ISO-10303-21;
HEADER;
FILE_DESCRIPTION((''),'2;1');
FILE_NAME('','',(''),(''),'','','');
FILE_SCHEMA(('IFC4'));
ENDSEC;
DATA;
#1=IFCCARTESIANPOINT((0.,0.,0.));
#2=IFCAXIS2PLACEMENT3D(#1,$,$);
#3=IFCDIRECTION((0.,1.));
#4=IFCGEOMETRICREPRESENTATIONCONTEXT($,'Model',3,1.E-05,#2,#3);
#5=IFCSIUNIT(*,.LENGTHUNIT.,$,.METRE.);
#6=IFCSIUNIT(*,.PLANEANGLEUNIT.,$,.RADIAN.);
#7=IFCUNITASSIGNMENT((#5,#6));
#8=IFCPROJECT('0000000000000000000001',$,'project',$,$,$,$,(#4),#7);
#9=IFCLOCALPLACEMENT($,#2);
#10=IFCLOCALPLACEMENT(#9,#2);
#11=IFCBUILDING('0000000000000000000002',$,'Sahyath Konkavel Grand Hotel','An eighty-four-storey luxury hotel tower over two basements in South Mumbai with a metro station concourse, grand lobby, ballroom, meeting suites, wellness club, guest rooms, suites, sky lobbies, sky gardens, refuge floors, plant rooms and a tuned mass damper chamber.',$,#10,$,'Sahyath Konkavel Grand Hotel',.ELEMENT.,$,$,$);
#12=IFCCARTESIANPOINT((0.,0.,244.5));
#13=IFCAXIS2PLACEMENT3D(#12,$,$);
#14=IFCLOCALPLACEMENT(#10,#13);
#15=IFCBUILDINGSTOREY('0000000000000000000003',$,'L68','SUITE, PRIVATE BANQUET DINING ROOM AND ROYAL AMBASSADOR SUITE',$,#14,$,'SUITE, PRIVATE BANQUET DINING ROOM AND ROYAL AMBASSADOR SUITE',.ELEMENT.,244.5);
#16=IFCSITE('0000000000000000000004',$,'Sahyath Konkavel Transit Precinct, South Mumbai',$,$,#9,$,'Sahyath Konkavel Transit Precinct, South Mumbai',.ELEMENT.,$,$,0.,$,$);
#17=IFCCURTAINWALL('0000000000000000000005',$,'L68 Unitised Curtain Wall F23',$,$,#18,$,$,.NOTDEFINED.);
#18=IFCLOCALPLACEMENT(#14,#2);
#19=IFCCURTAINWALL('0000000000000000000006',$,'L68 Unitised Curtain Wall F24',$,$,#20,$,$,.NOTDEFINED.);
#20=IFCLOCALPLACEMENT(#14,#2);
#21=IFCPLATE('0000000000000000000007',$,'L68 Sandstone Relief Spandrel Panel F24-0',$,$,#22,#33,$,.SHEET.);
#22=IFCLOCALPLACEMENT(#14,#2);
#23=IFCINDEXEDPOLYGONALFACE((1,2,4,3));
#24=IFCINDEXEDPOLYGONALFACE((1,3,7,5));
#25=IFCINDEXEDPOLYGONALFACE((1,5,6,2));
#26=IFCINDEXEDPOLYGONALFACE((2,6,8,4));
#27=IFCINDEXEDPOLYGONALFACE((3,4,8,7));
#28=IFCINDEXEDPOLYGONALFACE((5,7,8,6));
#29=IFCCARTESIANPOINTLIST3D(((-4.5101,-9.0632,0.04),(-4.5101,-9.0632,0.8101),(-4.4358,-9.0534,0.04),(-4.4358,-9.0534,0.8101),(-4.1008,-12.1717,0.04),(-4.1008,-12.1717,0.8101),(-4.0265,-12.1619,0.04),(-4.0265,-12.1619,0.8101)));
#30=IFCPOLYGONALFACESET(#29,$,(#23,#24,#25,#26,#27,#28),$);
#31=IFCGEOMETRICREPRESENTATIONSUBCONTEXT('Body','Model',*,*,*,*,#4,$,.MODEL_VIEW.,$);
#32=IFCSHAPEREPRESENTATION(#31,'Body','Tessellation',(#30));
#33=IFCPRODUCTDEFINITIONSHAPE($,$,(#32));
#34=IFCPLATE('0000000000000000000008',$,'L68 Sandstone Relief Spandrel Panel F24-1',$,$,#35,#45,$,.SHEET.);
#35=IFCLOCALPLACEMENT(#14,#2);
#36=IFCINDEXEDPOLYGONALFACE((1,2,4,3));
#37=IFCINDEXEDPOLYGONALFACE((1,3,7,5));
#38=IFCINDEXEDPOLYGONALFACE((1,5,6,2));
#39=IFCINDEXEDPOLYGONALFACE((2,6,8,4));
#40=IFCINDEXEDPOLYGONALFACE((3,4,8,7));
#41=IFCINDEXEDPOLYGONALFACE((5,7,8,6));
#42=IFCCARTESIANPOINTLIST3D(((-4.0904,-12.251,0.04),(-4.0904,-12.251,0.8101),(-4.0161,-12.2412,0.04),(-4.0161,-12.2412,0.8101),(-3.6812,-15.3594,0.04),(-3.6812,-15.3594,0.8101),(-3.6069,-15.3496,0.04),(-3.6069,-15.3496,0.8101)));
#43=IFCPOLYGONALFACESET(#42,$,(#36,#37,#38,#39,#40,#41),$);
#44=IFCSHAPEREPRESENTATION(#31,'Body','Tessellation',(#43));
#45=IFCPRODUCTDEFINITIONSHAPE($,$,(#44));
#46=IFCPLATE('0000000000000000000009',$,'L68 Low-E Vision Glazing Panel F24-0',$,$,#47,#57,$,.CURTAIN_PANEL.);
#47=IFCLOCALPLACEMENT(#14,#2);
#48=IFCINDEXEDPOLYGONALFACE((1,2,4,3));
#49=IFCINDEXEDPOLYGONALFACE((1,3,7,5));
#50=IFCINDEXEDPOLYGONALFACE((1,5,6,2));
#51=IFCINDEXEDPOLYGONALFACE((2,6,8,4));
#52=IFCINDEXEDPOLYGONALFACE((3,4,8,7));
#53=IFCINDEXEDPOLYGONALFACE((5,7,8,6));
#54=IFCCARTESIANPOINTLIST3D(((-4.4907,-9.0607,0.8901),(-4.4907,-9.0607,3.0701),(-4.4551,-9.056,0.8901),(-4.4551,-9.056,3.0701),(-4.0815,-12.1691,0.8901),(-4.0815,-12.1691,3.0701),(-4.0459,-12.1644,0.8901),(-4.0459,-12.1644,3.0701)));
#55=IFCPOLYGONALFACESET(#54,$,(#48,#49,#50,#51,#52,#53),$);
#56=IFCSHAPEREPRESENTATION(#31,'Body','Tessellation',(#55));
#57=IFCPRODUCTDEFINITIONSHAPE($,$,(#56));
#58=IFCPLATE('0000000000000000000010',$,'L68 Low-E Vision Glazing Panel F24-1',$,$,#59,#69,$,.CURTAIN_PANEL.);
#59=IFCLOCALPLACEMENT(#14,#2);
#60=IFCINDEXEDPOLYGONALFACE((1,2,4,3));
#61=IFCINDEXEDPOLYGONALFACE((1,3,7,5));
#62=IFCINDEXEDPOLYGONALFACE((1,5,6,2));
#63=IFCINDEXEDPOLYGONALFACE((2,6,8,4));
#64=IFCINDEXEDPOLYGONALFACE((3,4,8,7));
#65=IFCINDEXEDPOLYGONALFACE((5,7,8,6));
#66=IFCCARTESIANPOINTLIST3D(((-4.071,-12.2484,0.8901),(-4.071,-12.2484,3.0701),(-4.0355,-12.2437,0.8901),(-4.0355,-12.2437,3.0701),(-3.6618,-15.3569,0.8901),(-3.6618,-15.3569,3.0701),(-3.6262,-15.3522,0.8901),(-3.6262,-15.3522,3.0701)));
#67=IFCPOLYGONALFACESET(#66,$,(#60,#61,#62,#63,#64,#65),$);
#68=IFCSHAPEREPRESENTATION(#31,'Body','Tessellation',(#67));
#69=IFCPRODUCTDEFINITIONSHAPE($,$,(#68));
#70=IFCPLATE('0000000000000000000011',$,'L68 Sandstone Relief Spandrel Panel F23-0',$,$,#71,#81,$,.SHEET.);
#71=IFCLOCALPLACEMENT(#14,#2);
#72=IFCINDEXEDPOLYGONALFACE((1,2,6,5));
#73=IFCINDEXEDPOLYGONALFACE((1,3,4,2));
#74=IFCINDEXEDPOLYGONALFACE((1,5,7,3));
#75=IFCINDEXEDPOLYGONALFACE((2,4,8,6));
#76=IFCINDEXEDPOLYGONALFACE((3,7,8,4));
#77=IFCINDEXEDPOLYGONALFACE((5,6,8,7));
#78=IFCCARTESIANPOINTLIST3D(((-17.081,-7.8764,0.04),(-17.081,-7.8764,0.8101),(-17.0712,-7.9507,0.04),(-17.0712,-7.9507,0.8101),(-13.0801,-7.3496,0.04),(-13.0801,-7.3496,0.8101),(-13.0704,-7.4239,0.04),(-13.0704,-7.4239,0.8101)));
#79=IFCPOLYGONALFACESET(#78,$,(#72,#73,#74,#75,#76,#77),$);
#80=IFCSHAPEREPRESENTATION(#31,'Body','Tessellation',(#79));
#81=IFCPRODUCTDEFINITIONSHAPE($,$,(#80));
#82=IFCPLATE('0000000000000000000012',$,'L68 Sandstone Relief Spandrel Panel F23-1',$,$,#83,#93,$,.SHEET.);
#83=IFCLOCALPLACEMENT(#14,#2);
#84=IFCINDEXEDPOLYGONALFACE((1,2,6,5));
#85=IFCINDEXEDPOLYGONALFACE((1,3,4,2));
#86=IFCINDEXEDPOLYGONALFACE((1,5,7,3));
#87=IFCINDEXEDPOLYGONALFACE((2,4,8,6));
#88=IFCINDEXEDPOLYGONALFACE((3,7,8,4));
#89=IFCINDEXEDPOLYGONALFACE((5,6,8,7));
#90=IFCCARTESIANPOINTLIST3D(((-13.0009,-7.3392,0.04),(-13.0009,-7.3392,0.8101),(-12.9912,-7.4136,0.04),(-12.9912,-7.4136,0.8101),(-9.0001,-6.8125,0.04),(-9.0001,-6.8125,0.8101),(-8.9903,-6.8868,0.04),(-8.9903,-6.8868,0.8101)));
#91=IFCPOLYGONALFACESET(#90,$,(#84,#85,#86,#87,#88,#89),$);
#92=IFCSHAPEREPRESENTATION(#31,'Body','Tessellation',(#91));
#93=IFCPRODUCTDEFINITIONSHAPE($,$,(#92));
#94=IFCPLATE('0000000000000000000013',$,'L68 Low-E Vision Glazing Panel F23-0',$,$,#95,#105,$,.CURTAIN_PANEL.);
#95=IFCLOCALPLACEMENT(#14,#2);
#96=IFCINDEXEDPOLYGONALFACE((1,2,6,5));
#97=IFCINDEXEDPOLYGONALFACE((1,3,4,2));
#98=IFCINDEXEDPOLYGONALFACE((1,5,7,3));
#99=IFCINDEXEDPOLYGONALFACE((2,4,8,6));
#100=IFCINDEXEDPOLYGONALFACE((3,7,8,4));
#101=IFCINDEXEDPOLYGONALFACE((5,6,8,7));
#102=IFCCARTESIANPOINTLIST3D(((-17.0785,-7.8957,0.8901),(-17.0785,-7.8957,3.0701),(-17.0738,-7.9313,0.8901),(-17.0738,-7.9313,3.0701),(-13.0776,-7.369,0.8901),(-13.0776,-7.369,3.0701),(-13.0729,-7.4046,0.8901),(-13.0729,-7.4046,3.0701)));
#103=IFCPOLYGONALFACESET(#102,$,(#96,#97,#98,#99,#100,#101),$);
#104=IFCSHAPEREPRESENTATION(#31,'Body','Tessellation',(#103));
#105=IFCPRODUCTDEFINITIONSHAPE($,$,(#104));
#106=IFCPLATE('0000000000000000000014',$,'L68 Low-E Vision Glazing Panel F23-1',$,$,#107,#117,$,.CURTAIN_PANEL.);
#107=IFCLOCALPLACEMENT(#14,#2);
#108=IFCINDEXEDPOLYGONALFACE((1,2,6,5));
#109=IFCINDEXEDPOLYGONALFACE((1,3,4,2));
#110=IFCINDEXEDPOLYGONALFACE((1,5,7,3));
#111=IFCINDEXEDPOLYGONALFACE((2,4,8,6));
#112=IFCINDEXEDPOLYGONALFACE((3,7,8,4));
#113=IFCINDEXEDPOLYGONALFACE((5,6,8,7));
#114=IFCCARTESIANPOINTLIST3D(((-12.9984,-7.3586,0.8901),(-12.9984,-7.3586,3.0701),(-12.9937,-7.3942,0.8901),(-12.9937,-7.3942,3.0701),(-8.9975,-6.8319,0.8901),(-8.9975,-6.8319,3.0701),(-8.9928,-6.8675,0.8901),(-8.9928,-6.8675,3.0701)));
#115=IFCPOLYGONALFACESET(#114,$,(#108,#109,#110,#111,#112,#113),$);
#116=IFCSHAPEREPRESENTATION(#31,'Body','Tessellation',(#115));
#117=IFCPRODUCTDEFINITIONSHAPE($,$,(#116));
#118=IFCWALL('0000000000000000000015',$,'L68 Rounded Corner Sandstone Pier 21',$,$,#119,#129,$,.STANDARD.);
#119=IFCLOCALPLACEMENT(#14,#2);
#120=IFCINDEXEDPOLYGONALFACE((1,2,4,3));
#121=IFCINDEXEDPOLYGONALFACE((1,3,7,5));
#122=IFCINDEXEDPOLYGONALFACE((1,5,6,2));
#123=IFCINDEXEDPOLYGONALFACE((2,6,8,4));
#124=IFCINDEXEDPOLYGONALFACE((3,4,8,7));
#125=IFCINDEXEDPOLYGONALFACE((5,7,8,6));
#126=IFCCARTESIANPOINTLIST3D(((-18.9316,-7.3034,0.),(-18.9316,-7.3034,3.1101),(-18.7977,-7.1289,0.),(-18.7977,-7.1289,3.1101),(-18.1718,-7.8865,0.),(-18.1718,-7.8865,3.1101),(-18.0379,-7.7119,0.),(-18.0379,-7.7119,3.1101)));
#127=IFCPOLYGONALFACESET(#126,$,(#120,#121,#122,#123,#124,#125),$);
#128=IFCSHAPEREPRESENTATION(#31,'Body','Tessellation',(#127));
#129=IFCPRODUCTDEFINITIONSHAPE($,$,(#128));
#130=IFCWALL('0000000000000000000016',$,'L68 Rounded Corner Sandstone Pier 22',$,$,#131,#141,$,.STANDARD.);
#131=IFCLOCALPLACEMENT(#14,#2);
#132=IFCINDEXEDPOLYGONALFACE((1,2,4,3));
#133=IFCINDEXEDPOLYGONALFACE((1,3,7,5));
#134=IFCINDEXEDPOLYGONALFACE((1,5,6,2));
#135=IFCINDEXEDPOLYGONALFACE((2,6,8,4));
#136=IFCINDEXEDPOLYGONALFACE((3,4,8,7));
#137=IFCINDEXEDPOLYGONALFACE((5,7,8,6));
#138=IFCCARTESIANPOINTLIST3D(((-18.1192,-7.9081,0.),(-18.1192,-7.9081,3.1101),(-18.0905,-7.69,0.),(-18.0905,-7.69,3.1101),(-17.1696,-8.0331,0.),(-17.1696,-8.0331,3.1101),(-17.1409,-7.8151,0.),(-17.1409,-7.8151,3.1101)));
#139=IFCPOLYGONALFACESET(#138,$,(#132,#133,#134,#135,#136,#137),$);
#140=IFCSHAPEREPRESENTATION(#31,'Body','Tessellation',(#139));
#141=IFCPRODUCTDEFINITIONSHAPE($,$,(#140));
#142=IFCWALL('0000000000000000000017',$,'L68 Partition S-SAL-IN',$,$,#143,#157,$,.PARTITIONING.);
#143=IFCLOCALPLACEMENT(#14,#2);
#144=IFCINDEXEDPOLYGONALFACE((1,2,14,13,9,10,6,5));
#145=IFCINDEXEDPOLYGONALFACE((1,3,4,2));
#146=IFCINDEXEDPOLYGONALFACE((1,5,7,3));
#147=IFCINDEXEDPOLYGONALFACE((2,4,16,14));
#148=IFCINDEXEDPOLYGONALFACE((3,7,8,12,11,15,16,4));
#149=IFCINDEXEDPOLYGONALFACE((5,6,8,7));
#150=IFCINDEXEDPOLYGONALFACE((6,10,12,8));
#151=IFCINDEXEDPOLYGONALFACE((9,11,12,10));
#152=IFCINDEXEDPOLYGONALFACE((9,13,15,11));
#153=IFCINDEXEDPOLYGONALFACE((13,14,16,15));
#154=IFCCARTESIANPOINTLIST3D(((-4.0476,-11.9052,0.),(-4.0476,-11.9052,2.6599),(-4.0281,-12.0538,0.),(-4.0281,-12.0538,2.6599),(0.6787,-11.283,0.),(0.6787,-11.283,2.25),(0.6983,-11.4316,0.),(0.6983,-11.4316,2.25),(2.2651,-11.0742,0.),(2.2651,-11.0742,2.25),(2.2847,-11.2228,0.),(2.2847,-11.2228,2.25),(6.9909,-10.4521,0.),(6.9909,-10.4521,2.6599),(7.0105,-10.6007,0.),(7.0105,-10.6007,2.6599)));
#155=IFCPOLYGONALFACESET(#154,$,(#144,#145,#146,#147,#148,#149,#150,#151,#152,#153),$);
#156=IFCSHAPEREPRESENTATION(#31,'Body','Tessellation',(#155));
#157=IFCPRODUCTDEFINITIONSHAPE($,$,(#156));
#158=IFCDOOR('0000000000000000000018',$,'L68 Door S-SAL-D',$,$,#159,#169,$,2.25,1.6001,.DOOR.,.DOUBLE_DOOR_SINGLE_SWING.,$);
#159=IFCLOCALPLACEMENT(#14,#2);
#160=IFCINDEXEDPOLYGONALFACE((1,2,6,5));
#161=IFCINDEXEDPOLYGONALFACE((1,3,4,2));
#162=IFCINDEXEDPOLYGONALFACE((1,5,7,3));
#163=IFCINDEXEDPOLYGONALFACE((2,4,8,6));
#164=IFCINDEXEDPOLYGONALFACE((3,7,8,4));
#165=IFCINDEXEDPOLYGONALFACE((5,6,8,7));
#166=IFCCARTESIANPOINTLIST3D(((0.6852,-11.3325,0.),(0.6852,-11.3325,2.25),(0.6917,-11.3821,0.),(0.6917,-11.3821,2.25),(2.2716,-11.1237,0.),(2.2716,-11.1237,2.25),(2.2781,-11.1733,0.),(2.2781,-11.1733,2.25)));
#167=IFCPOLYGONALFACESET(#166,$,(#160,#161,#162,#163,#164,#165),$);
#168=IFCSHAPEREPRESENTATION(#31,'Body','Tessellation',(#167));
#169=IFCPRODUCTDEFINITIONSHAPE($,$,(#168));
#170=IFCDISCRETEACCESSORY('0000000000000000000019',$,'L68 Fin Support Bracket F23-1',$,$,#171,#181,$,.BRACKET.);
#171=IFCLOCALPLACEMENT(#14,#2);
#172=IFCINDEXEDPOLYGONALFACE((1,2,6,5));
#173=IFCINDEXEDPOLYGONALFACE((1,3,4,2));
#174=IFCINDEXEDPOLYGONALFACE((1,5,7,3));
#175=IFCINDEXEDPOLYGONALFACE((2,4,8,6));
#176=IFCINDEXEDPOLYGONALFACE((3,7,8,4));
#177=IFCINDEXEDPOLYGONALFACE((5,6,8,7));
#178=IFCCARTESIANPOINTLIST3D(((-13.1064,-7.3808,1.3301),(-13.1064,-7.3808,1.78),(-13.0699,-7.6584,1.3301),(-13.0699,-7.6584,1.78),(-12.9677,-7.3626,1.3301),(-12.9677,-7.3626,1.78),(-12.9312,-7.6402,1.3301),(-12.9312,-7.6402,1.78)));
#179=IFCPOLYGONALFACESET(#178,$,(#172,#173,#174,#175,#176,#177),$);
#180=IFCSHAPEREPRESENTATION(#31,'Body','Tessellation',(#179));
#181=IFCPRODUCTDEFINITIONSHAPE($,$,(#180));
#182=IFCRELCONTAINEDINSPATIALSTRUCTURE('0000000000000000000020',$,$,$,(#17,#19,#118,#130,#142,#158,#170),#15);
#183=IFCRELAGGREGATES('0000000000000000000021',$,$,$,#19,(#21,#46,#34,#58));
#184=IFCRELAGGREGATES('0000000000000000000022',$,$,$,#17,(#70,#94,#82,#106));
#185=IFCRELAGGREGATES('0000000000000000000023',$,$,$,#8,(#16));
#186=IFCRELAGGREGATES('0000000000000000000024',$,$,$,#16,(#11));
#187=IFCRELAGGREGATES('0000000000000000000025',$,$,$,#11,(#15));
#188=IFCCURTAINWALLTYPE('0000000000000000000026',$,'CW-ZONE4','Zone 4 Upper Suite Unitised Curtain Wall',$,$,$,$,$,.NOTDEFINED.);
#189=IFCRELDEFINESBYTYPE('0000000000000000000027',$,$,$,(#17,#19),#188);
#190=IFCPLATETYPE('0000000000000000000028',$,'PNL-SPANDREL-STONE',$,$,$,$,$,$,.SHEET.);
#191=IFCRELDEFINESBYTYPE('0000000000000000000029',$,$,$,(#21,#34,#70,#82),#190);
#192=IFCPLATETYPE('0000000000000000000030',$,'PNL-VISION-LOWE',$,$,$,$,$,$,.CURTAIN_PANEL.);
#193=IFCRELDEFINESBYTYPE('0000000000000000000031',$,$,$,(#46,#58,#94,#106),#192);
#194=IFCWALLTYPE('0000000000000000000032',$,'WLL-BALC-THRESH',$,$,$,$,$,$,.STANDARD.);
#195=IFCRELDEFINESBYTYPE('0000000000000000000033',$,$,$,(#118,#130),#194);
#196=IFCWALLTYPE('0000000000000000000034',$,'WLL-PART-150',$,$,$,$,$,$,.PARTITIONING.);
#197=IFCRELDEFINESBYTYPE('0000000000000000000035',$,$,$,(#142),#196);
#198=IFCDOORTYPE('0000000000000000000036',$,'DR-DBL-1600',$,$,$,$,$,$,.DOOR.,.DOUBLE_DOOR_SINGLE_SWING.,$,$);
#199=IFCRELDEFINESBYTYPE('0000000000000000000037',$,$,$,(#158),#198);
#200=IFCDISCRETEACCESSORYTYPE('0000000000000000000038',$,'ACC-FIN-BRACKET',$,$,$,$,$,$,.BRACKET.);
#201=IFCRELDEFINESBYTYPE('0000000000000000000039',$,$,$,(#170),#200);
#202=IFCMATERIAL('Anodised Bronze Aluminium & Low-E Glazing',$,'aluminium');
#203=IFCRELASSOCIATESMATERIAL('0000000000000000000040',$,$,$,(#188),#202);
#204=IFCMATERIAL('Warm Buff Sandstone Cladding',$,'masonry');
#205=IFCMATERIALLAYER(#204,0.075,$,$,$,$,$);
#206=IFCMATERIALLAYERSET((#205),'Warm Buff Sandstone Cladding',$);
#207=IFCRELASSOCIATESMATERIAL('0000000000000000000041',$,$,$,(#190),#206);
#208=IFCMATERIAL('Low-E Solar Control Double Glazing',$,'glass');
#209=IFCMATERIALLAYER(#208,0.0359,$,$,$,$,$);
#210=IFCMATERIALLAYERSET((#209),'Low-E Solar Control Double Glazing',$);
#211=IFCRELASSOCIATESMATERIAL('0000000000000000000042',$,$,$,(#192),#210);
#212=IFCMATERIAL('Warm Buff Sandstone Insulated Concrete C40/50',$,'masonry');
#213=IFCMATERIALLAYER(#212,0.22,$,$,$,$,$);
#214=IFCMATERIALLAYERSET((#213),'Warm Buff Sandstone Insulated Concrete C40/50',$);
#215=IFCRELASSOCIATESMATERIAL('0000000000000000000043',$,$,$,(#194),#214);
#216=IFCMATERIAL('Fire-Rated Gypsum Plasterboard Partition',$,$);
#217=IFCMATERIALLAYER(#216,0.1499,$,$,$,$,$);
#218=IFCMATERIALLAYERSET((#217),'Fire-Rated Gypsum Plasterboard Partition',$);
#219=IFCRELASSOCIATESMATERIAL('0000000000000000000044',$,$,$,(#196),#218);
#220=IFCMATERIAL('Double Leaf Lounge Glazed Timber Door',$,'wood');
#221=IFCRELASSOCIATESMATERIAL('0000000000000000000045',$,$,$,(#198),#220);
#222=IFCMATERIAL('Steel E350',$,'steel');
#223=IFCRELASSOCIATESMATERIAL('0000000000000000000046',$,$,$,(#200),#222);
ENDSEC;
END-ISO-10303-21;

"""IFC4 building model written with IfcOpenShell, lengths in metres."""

from ifc_helpers import new_model, si_unit, direction, frame, frame_2d, origin, origin_2d, place, context, subcontext, project, spatial, rectangle, extrude, source, transform, mapped, material, layer, layer_set, type_object, element, fill, aggregate, save


model = new_model("IFC4")

# Units and contexts
model_context = context("Model", 3, precision=1e-05, world=origin(), true_north=direction((0.0, 1.0)))
body_context = subcontext(model_context, "Body", "Model", "MODEL_VIEW")
ifc_project = project(units=[si_unit("LENGTHUNIT", "METRE"), si_unit("PLANEANGLEUNIT", "RADIAN")], contexts=[model_context])

# Site, building, storey
site_placement = place(None, origin())
site = spatial("IfcSite", under=ifc_project, at=site_placement, Name="Sahyath Konkavel Transit Precinct, South Mumbai", LongName="Sahyath Konkavel Transit Precinct, South Mumbai", CompositionType="ELEMENT", RefElevation=0.0)
building_placement = place(site_placement, origin())
building = spatial("IfcBuilding", under=site, at=building_placement, Name="Sahyath Konkavel Grand Hotel", Description="An eighty-four-storey luxury hotel tower over two basements in South Mumbai with a metro station concourse, grand lobby, ballroom, meeting suites, wellness club, guest rooms, suites, sky lobbies, sky gardens, refuge floors, plant rooms and a tuned mass damper chamber.", LongName="Sahyath Konkavel Grand Hotel", CompositionType="ELEMENT")
storey_placement = place(building_placement, frame((0.0, 0.0, 244.5)))
storey = spatial("IfcBuildingStorey", under=building, at=storey_placement, Name="L68", Description="SUITE, PRIVATE BANQUET DINING ROOM AND ROYAL AMBASSADOR SUITE", LongName="SUITE, PRIVATE BANQUET DINING ROOM AND ROYAL AMBASSADOR SUITE", CompositionType="ELEMENT", Elevation=244.5)

# Curtain walls
ifc_material_1 = material(Name="Anodised Bronze Aluminium & Low-E Glazing", Category="aluminium")
curtain_wall_type = type_object("IfcCurtainWallType", Name="CW-ZONE4", Description="Zone 4 Upper Suite Unitised Curtain Wall", PredefinedType="NOTDEFINED", material=ifc_material_1)
curtain_wall_1_placement = place(storey_placement, origin())
curtain_wall_1 = element("IfcCurtainWall", 1, at=curtain_wall_1_placement, inside=storey, type_object=curtain_wall_type, Name="L68 Unitised Curtain Wall F23", PredefinedType="NOTDEFINED")
curtain_wall_2_placement = place(storey_placement, origin())
curtain_wall_2 = element("IfcCurtainWall", 2, at=curtain_wall_2_placement, inside=storey, type_object=curtain_wall_type, Name="L68 Unitised Curtain Wall F24", PredefinedType="NOTDEFINED")

# Plates
ifc_material_2 = material(Name="Warm Buff Sandstone Cladding", Category="masonry")
ifc_layer_1 = layer(ifc_material_2, 0.075)
ifc_layer_set_1 = layer_set([ifc_layer_1], Name="Warm Buff Sandstone Cladding")
plate_type_1 = type_object("IfcPlateType", Name="PNL-SPANDREL-STONE", PredefinedType="SHEET", material=ifc_layer_set_1)
shared_shape_1 = source(origin(), body_context, "Body", "SweptSolid", [
    extrude(rectangle(XDim=3.1353, YDim=0.075, at=origin_2d()), origin(), (0.0, 0.0, 1.0), 0.77),
])
plate_1_placement = place(storey_placement, frame((-4.2683, -10.6125, 0.04), z_axis=(0.0, 0.0, 1.0), x_axis=(0.130526, -0.991445, 0.0)))
plate_1 = element("IfcPlate", 3, at=plate_1_placement, type_object=plate_type_1, Name="L68 Sandstone Relief Spandrel Panel F24-0", PredefinedType="SHEET", context=body_context, shape_type="MappedRepresentation", body=[
    mapped(shared_shape_1, transform((0.0, 0.0, 0.0), scale=1.0)),
])
plate_2_placement = place(storey_placement, frame((-3.8486, -13.8003, 0.04), z_axis=(0.0, 0.0, 1.0), x_axis=(0.130526, -0.991445, 0.0)))
plate_2 = element("IfcPlate", 4, at=plate_2_placement, type_object=plate_type_1, Name="L68 Sandstone Relief Spandrel Panel F24-1", PredefinedType="SHEET", context=body_context, shape_type="MappedRepresentation", body=[
    mapped(shared_shape_1, transform((0.0, 0.0, 0.0), scale=1.0)),
])
ifc_material_3 = material(Name="Low-E Solar Control Double Glazing", Category="glass")
ifc_layer_2 = layer(ifc_material_3, 0.0359)
ifc_layer_set_2 = layer_set([ifc_layer_2], Name="Low-E Solar Control Double Glazing")
plate_type_2 = type_object("IfcPlateType", Name="PNL-VISION-LOWE", PredefinedType="CURTAIN_PANEL", material=ifc_layer_set_2)
shared_shape_2 = source(origin(), body_context, "Body", "SweptSolid", [
    extrude(rectangle(XDim=3.1353, YDim=0.0359, at=origin_2d()), origin(), (0.0, 0.0, 1.0), 2.1799),
])
plate_3_placement = place(storey_placement, frame((-4.2683, -10.6125, 0.8901), z_axis=(0.0, 0.0, 1.0), x_axis=(0.130526, -0.991445, 0.0)))
plate_3 = element("IfcPlate", 5, at=plate_3_placement, type_object=plate_type_2, Name="L68 Low-E Vision Glazing Panel F24-0", PredefinedType="CURTAIN_PANEL", context=body_context, shape_type="MappedRepresentation", body=[
    mapped(shared_shape_2, transform((0.0, 0.0, 0.0), scale=1.0)),
])
plate_4_placement = place(storey_placement, frame((-3.8486, -13.8003, 0.8901), z_axis=(0.0, 0.0, 1.0), x_axis=(0.130526, -0.991445, 0.0)))
plate_4 = element("IfcPlate", 6, at=plate_4_placement, type_object=plate_type_2, Name="L68 Low-E Vision Glazing Panel F24-1", PredefinedType="CURTAIN_PANEL", context=body_context, shape_type="MappedRepresentation", body=[
    mapped(shared_shape_2, transform((0.0, 0.0, 0.0), scale=1.0)),
])
aggregate(curtain_wall_2, [plate_1, plate_3, plate_2, plate_4])
shared_shape_3 = source(origin(), body_context, "Body", "SweptSolid", [
    extrude(rectangle(XDim=4.0354, YDim=0.075, at=origin_2d()), origin(), (0.0, 0.0, 1.0), 0.77),
])
plate_5_placement = place(storey_placement, frame((-15.0757, -7.6501, 0.04), z_axis=(0.0, 0.0, 1.0), x_axis=(0.991445, 0.130526, 0.0)))
plate_5 = element("IfcPlate", 7, at=plate_5_placement, type_object=plate_type_1, Name="L68 Sandstone Relief Spandrel Panel F23-0", PredefinedType="SHEET", context=body_context, shape_type="MappedRepresentation", body=[
    mapped(shared_shape_3, transform((0.0, 0.0, 0.0), scale=1.0)),
])
plate_6_placement = place(storey_placement, frame((-10.9956, -7.113, 0.04), z_axis=(0.0, 0.0, 1.0), x_axis=(0.991445, 0.130526, 0.0)))
plate_6 = element("IfcPlate", 8, at=plate_6_placement, type_object=plate_type_1, Name="L68 Sandstone Relief Spandrel Panel F23-1", PredefinedType="SHEET", context=body_context, shape_type="MappedRepresentation", body=[
    mapped(shared_shape_3, transform((0.0, 0.0, 0.0), scale=1.0)),
])
shared_shape_4 = source(origin(), body_context, "Body", "SweptSolid", [
    extrude(rectangle(XDim=4.0354, YDim=0.0359, at=origin_2d()), origin(), (0.0, 0.0, 1.0), 2.1799),
])
plate_7_placement = place(storey_placement, frame((-15.0757, -7.6501, 0.8901), z_axis=(0.0, 0.0, 1.0), x_axis=(0.991445, 0.130526, 0.0)))
plate_7 = element("IfcPlate", 9, at=plate_7_placement, type_object=plate_type_2, Name="L68 Low-E Vision Glazing Panel F23-0", PredefinedType="CURTAIN_PANEL", context=body_context, shape_type="MappedRepresentation", body=[
    mapped(shared_shape_4, transform((0.0, 0.0, 0.0), scale=1.0)),
])
plate_8_placement = place(storey_placement, frame((-10.9956, -7.113, 0.8901), z_axis=(0.0, 0.0, 1.0), x_axis=(0.991445, 0.130526, 0.0)))
plate_8 = element("IfcPlate", 10, at=plate_8_placement, type_object=plate_type_2, Name="L68 Low-E Vision Glazing Panel F23-1", PredefinedType="CURTAIN_PANEL", context=body_context, shape_type="MappedRepresentation", body=[
    mapped(shared_shape_4, transform((0.0, 0.0, 0.0), scale=1.0)),
])
aggregate(curtain_wall_1, [plate_5, plate_7, plate_6, plate_8])

# Walls
ifc_material_4 = material(Name="Warm Buff Sandstone Insulated Concrete C40/50", Category="masonry")
ifc_layer_3 = layer(ifc_material_4, 0.22)
ifc_layer_set_3 = layer_set([ifc_layer_3], Name="Warm Buff Sandstone Insulated Concrete C40/50")
wall_type_1 = type_object("IfcWallType", Name="WLL-BALC-THRESH", PredefinedType="STANDARD", material=ifc_layer_set_3)
for number, where, z_axis, x_axis, name in (
    (11, (-18.8647, -7.2161, 0.0), (0.0, 0.0, 1.0), (0.793344, -0.608774, 0.0), "L68 Rounded Corner Sandstone Pier 21"),
    (12, (-18.105, -7.7991, 0.0), (0.0, 0.0, 1.0), (0.991445, -0.130527, 0.0), "L68 Rounded Corner Sandstone Pier 22"),
):
    element("IfcWall", number, at=place(storey_placement, frame(where, z_axis=z_axis, x_axis=x_axis)), inside=storey, type_object=wall_type_1, Name=name, PredefinedType="STANDARD", context=body_context, shape_type="SweptSolid", body=[
        extrude(rectangle(XDim=0.9578, YDim=0.22, at=frame_2d((0.479, 0.0))), origin(), (0.0, 0.0, 1.0), 3.1101),
    ])

# Wall, opening, door
ifc_material_5 = material(Name="Fire-Rated Gypsum Plasterboard Partition")
ifc_layer_4 = layer(ifc_material_5, 0.1499)
ifc_layer_set_4 = layer_set([ifc_layer_4], Name="Fire-Rated Gypsum Plasterboard Partition")
wall_type_2 = type_object("IfcWallType", Name="WLL-PART-150", PredefinedType="PARTITIONING", material=ifc_layer_set_4)
wall_placement = place(storey_placement, frame((-4.0378, -11.9795, 0.0), z_axis=(0.0, 0.0, 1.0), x_axis=(0.991446, 0.130515, 0.0)))
wall = element("IfcWall", 13, at=wall_placement, inside=storey, type_object=wall_type_2, Name="L68 Partition S-SAL-IN", PredefinedType="PARTITIONING", context=body_context, shape_type="SweptSolid", body=[
    extrude(rectangle(XDim=11.1338, YDim=0.1499, at=frame_2d((5.5669, 0.0))), origin(), (0.0, 0.0, 1.0), 2.6599),
])
opening_placement = place(wall_placement, frame((4.7671, 0.0, 0.0)))
opening = element("IfcOpeningElement", 14, at=opening_placement, cuts=wall, PredefinedType="OPENING", context=body_context, shape_type="SweptSolid", body=[
    extrude(rectangle(XDim=1.6001, YDim=2.25, at=frame_2d((0.8, 1.125))), frame((0.0, 0.085, 0.0), z_axis=(0.0, -1.0, 0.0), x_axis=(1.0, 0.0, 0.0)), (0.0, 0.0, 1.0), 0.1699),
])
ifc_material_6 = material(Name="Double Leaf Lounge Glazed Timber Door", Category="wood")
door_type = type_object("IfcDoorType", Name="DR-DBL-1600", OperationType="DOUBLE_DOOR_SINGLE_SWING", PredefinedType="DOOR", material=ifc_material_6)
shared_shape_5 = source(origin(), body_context, "Body", "SweptSolid", [
    extrude(rectangle(XDim=1.6001, YDim=0.05, at=origin_2d()), origin(), (0.0, 0.0, 1.0), 2.25),
])
door_placement = place(opening_placement, frame((0.8, 0.0, 0.0)))
door = element("IfcDoor", 15, at=door_placement, inside=storey, type_object=door_type, Name="L68 Door S-SAL-D", OperationType="DOUBLE_DOOR_SINGLE_SWING", OverallHeight=2.25, OverallWidth=1.6001, PredefinedType="DOOR", context=body_context, shape_type="MappedRepresentation", body=[
    mapped(shared_shape_5, transform((0.0, 0.0, 0.0), scale=1.0)),
])
fill(opening, door)

# Discrete accessory
ifc_material_7 = material(Name="Steel E350", Category="steel")
discrete_accessory_type = type_object("IfcDiscreteAccessoryType", Name="ACC-FIN-BRACKET", PredefinedType="BRACKET", material=ifc_material_7)
shared_shape_6 = source(origin(), body_context, "Body", "SweptSolid", [
    extrude(rectangle(XDim=0.28, YDim=0.1399, at=origin_2d()), origin(), (0.0, 0.0, 1.0), 0.45),
])
for number, where, z_axis, x_axis, name in (
    (16, (-13.0188, -7.5105, 1.3301), (0.0, 0.0, 1.0), (0.130526, -0.991445, 0.0), "L68 Fin Support Bracket F23-1"),
):
    element("IfcDiscreteAccessory", number, at=place(storey_placement, frame(where, z_axis=z_axis, x_axis=x_axis)), inside=storey, type_object=discrete_accessory_type, Name=name, PredefinedType="BRACKET", context=body_context, shape_type="MappedRepresentation", body=[
        mapped(shared_shape_6, transform((0.0, 0.0, 0.0), scale=1.0)),
    ])

save(model, "model.ifc")
